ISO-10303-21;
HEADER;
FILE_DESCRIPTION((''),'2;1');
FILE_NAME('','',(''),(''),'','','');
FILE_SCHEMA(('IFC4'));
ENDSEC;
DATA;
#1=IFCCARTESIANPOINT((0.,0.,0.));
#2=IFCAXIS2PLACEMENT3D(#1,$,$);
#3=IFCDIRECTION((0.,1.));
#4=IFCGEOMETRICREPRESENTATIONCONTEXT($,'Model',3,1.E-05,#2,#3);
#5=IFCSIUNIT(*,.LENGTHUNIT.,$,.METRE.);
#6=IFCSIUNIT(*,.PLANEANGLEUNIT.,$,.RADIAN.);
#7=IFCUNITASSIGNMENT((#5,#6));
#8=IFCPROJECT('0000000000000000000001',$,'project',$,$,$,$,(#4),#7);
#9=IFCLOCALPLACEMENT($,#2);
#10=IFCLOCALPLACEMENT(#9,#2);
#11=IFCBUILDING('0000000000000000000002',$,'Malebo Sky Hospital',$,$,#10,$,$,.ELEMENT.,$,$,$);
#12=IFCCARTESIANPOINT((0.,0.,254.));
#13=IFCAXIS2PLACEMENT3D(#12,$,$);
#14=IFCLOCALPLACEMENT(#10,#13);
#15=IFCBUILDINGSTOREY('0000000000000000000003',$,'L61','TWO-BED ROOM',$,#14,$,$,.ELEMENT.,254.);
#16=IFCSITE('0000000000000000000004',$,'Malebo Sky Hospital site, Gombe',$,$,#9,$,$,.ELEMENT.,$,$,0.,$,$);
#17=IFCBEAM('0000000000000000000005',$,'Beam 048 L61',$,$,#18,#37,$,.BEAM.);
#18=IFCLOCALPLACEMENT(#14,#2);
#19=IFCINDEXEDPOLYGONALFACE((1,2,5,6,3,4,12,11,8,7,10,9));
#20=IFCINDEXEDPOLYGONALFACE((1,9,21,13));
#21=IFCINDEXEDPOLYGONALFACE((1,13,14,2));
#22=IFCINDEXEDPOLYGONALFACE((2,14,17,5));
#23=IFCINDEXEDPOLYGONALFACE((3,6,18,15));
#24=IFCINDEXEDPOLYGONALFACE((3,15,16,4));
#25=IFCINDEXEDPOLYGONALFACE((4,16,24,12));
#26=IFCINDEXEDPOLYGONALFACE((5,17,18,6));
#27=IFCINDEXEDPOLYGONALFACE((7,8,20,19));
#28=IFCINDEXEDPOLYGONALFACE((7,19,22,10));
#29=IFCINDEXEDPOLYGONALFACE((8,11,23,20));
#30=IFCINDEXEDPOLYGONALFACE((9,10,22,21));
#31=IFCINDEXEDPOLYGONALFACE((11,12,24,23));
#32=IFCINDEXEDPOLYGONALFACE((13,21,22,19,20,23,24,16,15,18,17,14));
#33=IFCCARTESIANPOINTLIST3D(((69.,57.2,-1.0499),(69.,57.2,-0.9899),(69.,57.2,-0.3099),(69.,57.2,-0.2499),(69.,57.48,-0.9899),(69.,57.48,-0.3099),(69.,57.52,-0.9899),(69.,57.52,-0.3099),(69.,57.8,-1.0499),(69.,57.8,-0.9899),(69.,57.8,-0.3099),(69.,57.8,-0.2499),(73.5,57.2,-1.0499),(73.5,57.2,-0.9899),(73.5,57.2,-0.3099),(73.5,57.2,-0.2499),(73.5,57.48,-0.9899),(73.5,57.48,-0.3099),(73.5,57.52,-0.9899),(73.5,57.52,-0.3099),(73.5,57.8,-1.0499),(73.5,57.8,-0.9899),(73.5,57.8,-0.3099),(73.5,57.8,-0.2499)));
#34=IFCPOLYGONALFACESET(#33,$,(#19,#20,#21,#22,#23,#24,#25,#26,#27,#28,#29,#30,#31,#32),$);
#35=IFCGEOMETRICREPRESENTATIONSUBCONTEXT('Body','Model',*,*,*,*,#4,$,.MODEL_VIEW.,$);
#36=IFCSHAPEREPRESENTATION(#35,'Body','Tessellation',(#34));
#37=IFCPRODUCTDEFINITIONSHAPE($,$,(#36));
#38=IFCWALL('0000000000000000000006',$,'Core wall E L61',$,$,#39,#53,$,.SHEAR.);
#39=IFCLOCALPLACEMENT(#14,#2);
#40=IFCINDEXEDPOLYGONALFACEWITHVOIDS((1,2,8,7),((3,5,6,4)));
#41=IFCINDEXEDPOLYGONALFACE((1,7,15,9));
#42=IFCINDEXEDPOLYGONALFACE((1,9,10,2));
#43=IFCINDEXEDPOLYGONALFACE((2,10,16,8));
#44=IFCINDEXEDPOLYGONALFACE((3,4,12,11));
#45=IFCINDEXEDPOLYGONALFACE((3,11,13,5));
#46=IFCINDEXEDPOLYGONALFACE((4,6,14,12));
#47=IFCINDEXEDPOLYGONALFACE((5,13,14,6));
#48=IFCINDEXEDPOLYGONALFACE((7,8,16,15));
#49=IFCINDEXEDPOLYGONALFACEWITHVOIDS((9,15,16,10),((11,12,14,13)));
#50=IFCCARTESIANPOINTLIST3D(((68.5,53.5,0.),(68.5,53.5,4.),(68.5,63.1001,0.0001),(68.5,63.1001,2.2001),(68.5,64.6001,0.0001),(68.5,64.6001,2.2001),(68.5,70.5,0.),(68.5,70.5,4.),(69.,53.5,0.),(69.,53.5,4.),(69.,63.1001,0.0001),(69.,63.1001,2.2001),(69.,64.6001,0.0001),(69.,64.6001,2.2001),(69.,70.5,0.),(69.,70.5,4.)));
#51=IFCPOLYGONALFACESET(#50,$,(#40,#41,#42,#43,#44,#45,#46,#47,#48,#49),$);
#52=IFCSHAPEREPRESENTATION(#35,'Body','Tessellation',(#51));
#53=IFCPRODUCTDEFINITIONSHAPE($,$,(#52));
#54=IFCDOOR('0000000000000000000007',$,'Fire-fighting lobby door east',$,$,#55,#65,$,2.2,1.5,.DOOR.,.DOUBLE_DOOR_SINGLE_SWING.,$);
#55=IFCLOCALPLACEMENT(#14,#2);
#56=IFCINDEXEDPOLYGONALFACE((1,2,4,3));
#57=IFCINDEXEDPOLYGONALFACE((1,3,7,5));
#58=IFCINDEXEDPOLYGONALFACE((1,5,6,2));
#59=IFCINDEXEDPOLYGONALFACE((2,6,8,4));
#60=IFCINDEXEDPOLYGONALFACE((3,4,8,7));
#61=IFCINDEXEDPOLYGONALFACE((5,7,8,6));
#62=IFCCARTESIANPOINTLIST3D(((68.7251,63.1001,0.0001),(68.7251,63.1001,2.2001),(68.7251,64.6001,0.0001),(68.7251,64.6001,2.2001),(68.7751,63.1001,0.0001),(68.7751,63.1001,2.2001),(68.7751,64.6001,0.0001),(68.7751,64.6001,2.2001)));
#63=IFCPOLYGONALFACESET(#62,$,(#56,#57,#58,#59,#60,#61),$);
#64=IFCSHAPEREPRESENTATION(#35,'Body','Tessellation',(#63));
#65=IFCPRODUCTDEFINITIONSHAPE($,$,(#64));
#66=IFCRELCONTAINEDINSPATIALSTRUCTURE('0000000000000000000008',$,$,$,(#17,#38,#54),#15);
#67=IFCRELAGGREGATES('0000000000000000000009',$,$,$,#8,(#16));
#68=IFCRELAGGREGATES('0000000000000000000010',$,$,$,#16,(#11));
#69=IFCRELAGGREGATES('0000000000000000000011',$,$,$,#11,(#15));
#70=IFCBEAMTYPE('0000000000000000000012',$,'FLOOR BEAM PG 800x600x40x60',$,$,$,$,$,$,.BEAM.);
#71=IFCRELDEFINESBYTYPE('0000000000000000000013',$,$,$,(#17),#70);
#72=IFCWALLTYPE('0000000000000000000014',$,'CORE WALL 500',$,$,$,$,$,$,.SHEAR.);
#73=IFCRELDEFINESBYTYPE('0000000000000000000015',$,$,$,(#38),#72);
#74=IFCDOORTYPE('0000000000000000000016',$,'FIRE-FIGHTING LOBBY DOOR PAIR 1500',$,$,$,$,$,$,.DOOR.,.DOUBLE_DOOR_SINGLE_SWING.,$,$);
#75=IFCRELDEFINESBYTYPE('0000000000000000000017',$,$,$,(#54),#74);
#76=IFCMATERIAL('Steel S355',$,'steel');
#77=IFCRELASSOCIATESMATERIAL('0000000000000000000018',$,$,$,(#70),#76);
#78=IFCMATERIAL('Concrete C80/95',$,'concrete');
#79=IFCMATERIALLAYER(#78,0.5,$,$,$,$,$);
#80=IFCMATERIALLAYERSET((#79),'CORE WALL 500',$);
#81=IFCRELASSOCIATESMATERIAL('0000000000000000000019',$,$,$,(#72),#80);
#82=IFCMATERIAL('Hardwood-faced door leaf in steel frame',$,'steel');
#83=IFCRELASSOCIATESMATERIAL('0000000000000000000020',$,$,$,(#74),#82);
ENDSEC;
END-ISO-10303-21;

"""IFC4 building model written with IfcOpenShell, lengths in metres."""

from ifc_helpers import new_model, si_unit, direction, frame, frame_2d, origin, origin_2d, place, context, subcontext, project, spatial, rectangle, i_section, extrude, material, layer, layer_set, material_profile, profile_set, type_object, element, fill, save


model = new_model("IFC4")

# Units and contexts
model_context = context("Model", 3, precision=1e-05, world=origin(), true_north=direction((0.0, 1.0)))
body_context = subcontext(model_context, "Body", "Model", "MODEL_VIEW")
ifc_project = project(units=[si_unit("LENGTHUNIT", "METRE"), si_unit("PLANEANGLEUNIT", "RADIAN")], contexts=[model_context])

# Site, building, storey
site_placement = place(None, origin())
site = spatial("IfcSite", under=ifc_project, at=site_placement, Name="Malebo Sky Hospital site, Gombe", CompositionType="ELEMENT", RefElevation=0.0)
building_placement = place(site_placement, origin())
building = spatial("IfcBuilding", under=site, at=building_placement, Name="Malebo Sky Hospital", CompositionType="ELEMENT")
storey_placement = place(building_placement, frame((0.0, 0.0, 254.0)))
storey = spatial("IfcBuildingStorey", under=building, at=storey_placement, Name="L61", Description="TWO-BED ROOM", CompositionType="ELEMENT", Elevation=254.0)

# Beam
ifc_material_1 = material(Name="Steel S355", Category="steel")
ifc_material_profile = material_profile(ifc_material_1, i_section(OverallWidth=0.6001, OverallDepth=0.8, WebThickness=0.04, FlangeThickness=0.0601, at=origin_2d()), Name="PG 800x600x40x60")
ifc_profile_set = profile_set([ifc_material_profile], Name="Steel S355")
beam_type = type_object("IfcBeamType", Name="FLOOR BEAM PG 800x600x40x60", PredefinedType="BEAM", material=ifc_profile_set)
beam_placement = place(storey_placement, frame((69.0, 57.5, -0.6499), z_axis=(1.0, 0.0, 0.0), x_axis=(0.0, 1.0, 0.0)))
element("IfcBeam", 1, at=beam_placement, inside=storey, type_object=beam_type, Name="Beam 048 L61", PredefinedType="BEAM", context=body_context, shape_type="SweptSolid", body=[
    extrude(i_section(OverallWidth=0.6001, OverallDepth=0.8, WebThickness=0.04, FlangeThickness=0.0601, at=origin_2d()), origin(), (0.0, 0.0, 1.0), 4.5),
])

# Wall, opening, door
ifc_material_2 = material(Name="Concrete C80/95", Category="concrete")
ifc_layer_1 = layer(ifc_material_2, 0.5)
ifc_layer_set_1 = layer_set([ifc_layer_1], Name="CORE WALL 500")
wall_type_1 = type_object("IfcWallType", Name="CORE WALL 500", PredefinedType="SHEAR", material=ifc_layer_set_1)
wall_1_placement = place(storey_placement, frame((68.75, 53.5, 0.0), z_axis=(0.0, 0.0, 1.0), x_axis=(0.0, 1.0, 0.0)))
wall_1 = element("IfcWall", 2, at=wall_1_placement, inside=storey, type_object=wall_type_1, Name="Core wall E L61", PredefinedType="SHEAR", context=body_context, shape_type="SweptSolid", body=[
    extrude(rectangle(XDim=17.0, YDim=0.5, at=frame_2d((8.5, 0.0))), origin(), (0.0, 0.0, 1.0), 4.0),
])
opening_1_placement = place(wall_1_placement, frame((9.6001, 0.0, 0.0)))
opening_1 = element("IfcOpeningElement", 3, at=opening_1_placement, cuts=wall_1, PredefinedType="OPENING", context=body_context, shape_type="SweptSolid", body=[
    extrude(rectangle(XDim=1.5, YDim=2.2, at=frame_2d((0.75, 1.1001))), frame((0.0, 0.26, 0.0), z_axis=(0.0, -1.0, 0.0), x_axis=(1.0, 0.0, 0.0)), (0.0, 0.0, 1.0), 0.52),
])
ifc_material_3 = material(Name="Hardwood-faced door leaf in steel frame", Category="steel")
door_type_1 = type_object("IfcDoorType", Name="FIRE-FIGHTING LOBBY DOOR PAIR 1500", OperationType="DOUBLE_DOOR_SINGLE_SWING", PredefinedType="DOOR", material=ifc_material_3)
door_1_placement = place(opening_1_placement, origin())
door_1 = element("IfcDoor", 4, at=door_1_placement, inside=storey, type_object=door_type_1, Name="Fire-fighting lobby door east", OperationType="DOUBLE_DOOR_SINGLE_SWING", OverallHeight=2.2, OverallWidth=1.5, PredefinedType="DOOR", context=body_context, shape_type="SweptSolid", body=[
    extrude(rectangle(XDim=1.5, YDim=2.2, at=frame_2d((0.75, 1.1001))), frame((0.0, 0.0249, 0.0), z_axis=(0.0, -1.0, 0.0), x_axis=(1.0, 0.0, 0.0)), (0.0, 0.0, 1.0), 0.05),
])
fill(opening_1, door_1)

save(model, "model.ifc")
